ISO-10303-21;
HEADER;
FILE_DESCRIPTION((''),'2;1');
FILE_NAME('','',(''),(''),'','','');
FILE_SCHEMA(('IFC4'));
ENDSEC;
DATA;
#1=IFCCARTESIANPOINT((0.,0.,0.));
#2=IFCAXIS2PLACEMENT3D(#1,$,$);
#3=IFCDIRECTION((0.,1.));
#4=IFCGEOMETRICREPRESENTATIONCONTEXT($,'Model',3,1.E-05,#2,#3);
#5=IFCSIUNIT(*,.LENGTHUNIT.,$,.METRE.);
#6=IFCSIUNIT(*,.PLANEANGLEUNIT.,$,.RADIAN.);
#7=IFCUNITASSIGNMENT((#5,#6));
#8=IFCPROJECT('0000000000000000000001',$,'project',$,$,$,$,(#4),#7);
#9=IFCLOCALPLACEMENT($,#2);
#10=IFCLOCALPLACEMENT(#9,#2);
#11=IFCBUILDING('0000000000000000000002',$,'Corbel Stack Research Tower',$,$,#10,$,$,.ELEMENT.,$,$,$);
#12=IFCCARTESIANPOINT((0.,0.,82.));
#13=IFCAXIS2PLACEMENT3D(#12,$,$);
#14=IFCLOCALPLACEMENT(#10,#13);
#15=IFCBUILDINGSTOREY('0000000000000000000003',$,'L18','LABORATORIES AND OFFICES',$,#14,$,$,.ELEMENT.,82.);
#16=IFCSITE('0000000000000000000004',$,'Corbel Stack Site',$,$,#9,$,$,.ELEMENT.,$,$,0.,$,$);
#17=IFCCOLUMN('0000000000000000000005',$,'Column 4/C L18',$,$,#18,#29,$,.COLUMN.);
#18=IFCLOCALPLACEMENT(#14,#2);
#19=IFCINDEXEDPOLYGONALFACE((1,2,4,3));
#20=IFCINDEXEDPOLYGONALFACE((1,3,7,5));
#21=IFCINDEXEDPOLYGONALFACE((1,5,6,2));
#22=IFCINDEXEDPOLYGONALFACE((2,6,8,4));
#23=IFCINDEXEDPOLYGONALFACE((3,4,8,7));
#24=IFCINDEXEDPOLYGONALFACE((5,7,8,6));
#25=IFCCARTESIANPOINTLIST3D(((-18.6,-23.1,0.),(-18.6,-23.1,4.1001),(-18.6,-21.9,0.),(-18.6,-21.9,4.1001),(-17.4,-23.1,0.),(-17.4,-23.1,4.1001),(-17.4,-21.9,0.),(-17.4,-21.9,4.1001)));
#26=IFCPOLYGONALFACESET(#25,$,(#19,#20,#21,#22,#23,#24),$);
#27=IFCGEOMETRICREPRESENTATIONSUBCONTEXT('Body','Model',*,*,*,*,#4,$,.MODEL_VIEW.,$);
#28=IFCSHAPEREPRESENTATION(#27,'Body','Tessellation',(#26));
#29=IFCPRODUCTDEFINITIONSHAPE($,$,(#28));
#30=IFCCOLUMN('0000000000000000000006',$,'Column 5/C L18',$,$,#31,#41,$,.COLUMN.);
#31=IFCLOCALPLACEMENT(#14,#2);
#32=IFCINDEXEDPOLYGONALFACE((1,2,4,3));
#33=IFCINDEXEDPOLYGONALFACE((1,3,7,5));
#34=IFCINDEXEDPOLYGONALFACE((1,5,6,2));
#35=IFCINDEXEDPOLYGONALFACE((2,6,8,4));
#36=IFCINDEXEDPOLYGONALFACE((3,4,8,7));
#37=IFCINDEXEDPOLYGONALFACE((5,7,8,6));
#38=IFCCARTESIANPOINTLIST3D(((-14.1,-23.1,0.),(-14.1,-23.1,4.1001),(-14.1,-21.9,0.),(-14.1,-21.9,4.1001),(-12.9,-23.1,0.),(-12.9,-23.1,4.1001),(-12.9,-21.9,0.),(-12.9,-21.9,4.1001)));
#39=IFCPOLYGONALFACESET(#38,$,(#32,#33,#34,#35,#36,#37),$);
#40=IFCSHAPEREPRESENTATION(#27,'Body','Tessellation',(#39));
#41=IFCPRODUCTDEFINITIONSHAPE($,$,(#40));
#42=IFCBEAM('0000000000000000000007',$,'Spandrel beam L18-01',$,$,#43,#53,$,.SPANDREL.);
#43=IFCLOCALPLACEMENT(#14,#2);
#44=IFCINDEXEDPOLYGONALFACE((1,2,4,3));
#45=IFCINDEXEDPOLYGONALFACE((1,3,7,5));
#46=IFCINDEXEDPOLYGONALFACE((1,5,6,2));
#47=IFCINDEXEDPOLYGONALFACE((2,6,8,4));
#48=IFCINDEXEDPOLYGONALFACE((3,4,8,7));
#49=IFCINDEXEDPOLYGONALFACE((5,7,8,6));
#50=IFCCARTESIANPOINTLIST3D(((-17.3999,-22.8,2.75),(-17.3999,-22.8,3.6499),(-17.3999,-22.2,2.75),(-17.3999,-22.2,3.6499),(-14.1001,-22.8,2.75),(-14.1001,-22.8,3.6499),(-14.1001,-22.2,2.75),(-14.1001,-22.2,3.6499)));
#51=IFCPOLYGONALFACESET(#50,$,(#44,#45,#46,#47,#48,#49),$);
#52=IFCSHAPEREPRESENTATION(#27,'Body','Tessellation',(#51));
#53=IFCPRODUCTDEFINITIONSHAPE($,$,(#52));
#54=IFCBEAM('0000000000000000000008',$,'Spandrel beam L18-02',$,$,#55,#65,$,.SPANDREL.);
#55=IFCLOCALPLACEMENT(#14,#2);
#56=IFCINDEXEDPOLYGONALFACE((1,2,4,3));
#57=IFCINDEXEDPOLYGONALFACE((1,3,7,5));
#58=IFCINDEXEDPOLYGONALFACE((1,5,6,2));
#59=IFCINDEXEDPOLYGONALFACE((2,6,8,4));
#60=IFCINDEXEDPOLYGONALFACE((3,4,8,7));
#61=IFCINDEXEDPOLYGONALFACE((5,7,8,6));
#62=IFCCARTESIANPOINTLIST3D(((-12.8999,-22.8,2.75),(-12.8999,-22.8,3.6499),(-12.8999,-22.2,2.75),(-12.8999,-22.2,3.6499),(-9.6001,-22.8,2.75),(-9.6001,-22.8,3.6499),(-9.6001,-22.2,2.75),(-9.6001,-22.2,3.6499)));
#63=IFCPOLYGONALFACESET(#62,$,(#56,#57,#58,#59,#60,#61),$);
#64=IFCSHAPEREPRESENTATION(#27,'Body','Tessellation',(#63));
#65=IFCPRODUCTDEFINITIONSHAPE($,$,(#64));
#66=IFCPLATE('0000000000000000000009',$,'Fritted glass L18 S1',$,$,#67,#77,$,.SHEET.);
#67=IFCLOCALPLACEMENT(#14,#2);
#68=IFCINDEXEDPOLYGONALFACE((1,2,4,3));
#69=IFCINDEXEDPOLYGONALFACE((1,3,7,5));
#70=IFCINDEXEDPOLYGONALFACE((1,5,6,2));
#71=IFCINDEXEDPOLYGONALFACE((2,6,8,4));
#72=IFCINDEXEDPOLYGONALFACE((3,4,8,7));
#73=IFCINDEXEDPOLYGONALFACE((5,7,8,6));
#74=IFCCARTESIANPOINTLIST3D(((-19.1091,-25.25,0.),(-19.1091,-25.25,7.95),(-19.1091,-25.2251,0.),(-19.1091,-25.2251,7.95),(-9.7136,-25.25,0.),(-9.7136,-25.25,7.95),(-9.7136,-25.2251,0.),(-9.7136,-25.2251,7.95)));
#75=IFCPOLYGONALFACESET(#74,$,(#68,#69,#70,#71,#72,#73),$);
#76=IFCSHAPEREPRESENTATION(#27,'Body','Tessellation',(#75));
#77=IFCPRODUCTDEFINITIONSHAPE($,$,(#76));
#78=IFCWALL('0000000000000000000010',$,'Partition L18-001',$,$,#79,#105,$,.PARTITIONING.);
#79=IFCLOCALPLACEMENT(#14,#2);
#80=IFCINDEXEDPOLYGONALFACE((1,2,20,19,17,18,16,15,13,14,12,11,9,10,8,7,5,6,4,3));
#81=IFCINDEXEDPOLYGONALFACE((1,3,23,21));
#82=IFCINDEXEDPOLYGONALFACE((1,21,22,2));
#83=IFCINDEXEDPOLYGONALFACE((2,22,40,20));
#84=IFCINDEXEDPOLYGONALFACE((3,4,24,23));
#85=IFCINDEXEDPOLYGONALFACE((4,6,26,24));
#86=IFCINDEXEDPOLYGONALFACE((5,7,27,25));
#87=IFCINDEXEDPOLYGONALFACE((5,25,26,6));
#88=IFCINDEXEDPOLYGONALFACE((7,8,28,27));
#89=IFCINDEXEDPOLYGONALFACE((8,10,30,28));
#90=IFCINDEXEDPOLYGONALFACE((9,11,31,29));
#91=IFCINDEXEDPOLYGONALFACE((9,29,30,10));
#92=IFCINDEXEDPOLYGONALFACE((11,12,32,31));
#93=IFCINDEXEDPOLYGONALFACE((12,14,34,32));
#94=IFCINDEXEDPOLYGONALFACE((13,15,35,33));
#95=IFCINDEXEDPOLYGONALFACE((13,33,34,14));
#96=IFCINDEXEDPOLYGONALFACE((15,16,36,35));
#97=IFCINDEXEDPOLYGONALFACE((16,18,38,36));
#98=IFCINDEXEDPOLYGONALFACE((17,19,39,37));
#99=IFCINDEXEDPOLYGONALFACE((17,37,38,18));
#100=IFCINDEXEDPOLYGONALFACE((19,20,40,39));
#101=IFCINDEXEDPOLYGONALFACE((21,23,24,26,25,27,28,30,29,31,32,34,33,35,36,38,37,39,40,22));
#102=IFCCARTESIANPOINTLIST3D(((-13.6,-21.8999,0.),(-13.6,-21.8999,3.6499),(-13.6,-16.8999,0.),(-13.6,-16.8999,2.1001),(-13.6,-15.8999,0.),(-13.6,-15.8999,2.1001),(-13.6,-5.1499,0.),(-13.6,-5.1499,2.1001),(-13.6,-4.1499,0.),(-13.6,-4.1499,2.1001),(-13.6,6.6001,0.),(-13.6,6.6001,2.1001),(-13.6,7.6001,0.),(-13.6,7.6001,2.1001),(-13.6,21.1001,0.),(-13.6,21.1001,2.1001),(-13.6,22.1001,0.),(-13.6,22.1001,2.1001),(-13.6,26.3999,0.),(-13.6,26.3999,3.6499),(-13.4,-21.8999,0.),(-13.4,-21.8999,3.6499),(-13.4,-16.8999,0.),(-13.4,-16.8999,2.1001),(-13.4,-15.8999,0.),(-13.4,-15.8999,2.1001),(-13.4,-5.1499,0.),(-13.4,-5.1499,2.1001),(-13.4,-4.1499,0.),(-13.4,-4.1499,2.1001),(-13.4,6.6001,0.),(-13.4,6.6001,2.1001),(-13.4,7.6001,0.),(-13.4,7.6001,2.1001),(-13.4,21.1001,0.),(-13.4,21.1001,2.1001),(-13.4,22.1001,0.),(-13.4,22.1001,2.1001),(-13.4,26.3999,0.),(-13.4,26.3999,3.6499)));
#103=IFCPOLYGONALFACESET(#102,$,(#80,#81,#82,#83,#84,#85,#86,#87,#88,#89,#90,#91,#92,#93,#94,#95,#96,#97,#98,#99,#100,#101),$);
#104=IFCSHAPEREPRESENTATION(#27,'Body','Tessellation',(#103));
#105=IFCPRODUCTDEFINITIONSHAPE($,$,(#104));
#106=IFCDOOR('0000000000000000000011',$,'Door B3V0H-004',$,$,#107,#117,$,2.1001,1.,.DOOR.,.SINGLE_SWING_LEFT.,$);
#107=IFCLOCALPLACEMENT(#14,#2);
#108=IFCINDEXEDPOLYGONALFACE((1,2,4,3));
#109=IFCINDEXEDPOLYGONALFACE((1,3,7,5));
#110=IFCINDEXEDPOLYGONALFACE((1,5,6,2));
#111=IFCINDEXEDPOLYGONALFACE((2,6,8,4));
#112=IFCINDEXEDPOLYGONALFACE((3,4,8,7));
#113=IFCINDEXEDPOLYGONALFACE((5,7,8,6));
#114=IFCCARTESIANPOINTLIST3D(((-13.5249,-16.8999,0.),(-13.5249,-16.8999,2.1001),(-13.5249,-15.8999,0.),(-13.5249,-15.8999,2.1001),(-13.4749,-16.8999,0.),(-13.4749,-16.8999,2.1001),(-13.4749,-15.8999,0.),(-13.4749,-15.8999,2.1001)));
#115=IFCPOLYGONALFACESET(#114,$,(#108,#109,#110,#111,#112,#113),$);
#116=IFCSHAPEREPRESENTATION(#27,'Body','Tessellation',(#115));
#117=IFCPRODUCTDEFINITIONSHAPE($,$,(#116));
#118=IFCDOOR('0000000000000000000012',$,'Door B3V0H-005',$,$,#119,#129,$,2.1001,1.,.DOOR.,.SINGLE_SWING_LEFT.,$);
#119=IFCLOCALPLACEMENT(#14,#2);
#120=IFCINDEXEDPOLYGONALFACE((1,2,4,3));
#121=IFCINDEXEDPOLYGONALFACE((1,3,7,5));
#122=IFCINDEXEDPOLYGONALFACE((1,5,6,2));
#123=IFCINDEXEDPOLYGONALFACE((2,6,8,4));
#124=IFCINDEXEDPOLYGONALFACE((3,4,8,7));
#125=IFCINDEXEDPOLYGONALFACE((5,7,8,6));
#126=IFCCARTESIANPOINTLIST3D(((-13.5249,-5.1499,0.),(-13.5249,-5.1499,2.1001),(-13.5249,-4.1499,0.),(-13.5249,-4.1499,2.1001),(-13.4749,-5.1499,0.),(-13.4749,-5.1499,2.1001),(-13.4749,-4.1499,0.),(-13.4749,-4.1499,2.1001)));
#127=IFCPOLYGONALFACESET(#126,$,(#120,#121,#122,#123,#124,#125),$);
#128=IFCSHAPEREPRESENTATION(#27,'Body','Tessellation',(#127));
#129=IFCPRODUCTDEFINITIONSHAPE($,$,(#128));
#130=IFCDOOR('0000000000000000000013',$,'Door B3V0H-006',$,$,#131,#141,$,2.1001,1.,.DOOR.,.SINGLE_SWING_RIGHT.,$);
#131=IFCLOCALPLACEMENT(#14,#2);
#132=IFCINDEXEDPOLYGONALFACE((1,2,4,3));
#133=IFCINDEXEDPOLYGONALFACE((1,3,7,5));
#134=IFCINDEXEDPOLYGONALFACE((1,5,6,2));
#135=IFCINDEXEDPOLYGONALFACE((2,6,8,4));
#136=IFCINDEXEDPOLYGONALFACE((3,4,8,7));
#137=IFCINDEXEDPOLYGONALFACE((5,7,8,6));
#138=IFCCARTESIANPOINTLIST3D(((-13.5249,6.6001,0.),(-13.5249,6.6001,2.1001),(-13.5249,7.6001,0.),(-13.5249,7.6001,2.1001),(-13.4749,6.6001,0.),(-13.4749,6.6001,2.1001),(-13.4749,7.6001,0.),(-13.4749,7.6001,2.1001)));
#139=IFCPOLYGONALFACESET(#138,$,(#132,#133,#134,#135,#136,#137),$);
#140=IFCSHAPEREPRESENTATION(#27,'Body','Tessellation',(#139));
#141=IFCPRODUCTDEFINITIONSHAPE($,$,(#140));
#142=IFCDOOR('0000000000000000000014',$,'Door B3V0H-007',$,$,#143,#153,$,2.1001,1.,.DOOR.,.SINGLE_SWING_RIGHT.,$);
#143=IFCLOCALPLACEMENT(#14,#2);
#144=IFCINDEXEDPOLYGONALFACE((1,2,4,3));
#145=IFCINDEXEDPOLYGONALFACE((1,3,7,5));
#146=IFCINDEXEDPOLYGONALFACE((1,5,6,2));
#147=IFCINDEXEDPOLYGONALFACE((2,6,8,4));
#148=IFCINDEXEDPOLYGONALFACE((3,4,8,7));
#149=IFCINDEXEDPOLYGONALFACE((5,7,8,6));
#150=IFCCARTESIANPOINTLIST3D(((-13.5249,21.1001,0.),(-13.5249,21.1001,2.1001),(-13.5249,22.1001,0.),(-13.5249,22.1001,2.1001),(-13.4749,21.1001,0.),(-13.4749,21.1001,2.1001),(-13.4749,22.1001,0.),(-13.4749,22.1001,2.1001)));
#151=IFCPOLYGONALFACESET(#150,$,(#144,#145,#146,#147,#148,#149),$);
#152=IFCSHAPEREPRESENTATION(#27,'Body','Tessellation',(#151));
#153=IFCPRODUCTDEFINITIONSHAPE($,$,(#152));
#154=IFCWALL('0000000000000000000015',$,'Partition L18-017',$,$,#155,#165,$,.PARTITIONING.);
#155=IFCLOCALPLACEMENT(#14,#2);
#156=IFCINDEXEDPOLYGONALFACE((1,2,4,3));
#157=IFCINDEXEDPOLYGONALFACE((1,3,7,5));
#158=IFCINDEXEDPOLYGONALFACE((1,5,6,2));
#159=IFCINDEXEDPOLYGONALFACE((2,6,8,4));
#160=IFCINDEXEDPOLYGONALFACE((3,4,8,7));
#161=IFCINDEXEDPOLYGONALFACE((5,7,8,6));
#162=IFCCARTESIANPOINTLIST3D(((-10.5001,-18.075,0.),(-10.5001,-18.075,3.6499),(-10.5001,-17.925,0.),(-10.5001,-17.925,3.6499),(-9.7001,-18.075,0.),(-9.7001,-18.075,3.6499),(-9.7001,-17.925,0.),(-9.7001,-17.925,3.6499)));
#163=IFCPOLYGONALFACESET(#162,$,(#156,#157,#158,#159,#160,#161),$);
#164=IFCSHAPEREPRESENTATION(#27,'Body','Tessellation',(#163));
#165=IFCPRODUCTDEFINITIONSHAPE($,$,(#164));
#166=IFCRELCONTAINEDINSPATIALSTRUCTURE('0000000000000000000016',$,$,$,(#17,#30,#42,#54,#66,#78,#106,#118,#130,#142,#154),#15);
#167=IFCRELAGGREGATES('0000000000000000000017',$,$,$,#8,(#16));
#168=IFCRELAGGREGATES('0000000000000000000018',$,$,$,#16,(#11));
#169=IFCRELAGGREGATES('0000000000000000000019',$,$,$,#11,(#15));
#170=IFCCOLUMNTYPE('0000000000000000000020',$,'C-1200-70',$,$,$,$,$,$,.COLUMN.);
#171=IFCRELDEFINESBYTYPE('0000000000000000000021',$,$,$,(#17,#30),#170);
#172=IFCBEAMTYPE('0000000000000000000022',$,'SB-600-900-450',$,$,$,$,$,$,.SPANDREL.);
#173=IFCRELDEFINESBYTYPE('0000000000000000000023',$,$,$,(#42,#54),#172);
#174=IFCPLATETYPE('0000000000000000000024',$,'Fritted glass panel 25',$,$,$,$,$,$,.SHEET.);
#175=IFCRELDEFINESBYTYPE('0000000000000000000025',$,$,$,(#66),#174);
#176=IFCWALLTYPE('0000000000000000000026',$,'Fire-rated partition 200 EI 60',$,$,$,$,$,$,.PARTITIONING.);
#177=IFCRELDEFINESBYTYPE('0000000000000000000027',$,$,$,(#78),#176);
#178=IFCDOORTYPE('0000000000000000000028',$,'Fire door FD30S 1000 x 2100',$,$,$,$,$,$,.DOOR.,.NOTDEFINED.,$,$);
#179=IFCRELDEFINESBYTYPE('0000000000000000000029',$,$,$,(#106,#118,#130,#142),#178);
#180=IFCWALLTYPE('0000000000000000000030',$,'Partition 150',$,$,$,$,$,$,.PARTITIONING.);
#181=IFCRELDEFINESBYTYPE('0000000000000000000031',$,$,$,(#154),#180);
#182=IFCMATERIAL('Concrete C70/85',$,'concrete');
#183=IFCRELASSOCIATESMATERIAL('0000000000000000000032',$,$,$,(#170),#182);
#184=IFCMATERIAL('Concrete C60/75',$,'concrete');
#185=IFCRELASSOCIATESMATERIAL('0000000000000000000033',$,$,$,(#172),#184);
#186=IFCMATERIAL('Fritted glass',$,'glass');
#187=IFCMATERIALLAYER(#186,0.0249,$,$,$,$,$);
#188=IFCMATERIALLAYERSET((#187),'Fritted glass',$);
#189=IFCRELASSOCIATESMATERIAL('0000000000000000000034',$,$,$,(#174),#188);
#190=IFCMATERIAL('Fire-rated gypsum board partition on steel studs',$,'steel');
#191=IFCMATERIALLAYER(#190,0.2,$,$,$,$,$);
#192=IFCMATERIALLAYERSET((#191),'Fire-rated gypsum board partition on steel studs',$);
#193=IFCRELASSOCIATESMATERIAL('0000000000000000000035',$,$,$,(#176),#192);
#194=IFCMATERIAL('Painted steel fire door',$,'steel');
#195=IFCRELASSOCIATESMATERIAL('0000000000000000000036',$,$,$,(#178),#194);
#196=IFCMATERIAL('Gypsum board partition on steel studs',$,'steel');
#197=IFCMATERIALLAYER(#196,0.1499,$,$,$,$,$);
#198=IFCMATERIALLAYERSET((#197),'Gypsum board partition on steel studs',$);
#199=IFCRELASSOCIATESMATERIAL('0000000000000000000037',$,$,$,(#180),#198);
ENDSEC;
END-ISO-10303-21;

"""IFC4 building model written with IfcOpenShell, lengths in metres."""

from ifc_helpers import new_model, si_unit, direction, frame, frame_2d, origin, origin_2d, place, context, subcontext, project, spatial, rectangle, extrude, material, layer, layer_set, material_profile, profile_set, type_object, element, fill, save


model = new_model("IFC4")

# Units and contexts
model_context = context("Model", 3, precision=1e-05, world=origin(), true_north=direction((0.0, 1.0)))
body_context = subcontext(model_context, "Body", "Model", "MODEL_VIEW")
ifc_project = project(units=[si_unit("LENGTHUNIT", "METRE"), si_unit("PLANEANGLEUNIT", "RADIAN")], contexts=[model_context])

# Site, building, storey
site_placement = place(None, origin())
site = spatial("IfcSite", under=ifc_project, at=site_placement, Name="Corbel Stack Site", CompositionType="ELEMENT", RefElevation=0.0)
building_placement = place(site_placement, origin())
building = spatial("IfcBuilding", under=site, at=building_placement, Name="Corbel Stack Research Tower", CompositionType="ELEMENT")
storey_placement = place(building_placement, frame((0.0, 0.0, 82.0)))
storey = spatial("IfcBuildingStorey", under=building, at=storey_placement, Name="L18", Description="LABORATORIES AND OFFICES", CompositionType="ELEMENT", Elevation=82.0)

# Columns
ifc_material_1 = material(Name="Concrete C70/85", Category="concrete")
ifc_material_profile_1 = material_profile(ifc_material_1, rectangle(XDim=1.2, YDim=1.2, at=origin_2d()), Name="RC 1200 x 1200")
ifc_profile_set_1 = profile_set([ifc_material_profile_1], Name="Concrete C70/85")
column_type = type_object("IfcColumnType", Name="C-1200-70", PredefinedType="COLUMN", material=ifc_profile_set_1)
for number, where, z_axis, x_axis, name in (
    (1, (-18.0, -22.5, 0.0), (0.0, 0.0, 1.0), (1.0, 0.0, 0.0), "Column 4/C L18"),
    (2, (-13.5, -22.5, 0.0), (0.0, 0.0, 1.0), (1.0, 0.0, 0.0), "Column 5/C L18"),
):
    element("IfcColumn", number, at=place(storey_placement, frame(where, z_axis=z_axis, x_axis=x_axis)), inside=storey, type_object=column_type, Name=name, PredefinedType="COLUMN", context=body_context, shape_type="SweptSolid", body=[
        extrude(rectangle(XDim=1.2, YDim=1.2, at=origin_2d()), origin(), (0.0, 0.0, 1.0), 4.1001),
    ])

# Beams
ifc_material_2 = material(Name="Concrete C60/75", Category="concrete")
ifc_material_profile_2 = material_profile(ifc_material_2, rectangle(XDim=0.6001, YDim=0.8999, at=origin_2d()), Name="RC 600 x 900")
ifc_profile_set_2 = profile_set([ifc_material_profile_2], Name="Concrete C60/75")
beam_type = type_object("IfcBeamType", Name="SB-600-900-450", PredefinedType="SPANDREL", material=ifc_profile_set_2)
for number, where, z_axis, x_axis, name in (
    (3, (-17.3999, -22.5, 3.2), (1.0, 0.0, 0.0), (0.0, 1.0, 0.0), "Spandrel beam L18-01"),
    (4, (-12.8999, -22.5, 3.2), (1.0, 0.0, 0.0), (0.0, 1.0, 0.0), "Spandrel beam L18-02"),
):
    element("IfcBeam", number, at=place(storey_placement, frame(where, z_axis=z_axis, x_axis=x_axis)), inside=storey, type_object=beam_type, Name=name, PredefinedType="SPANDREL", context=body_context, shape_type="SweptSolid", body=[
        extrude(rectangle(XDim=0.6001, YDim=0.8999, at=origin_2d()), origin(), (0.0, 0.0, 1.0), 3.2998),
    ])

# Plate
ifc_material_3 = material(Name="Fritted glass", Category="glass")
ifc_layer_1 = layer(ifc_material_3, 0.0249)
ifc_layer_set_1 = layer_set([ifc_layer_1], Name="Fritted glass")
plate_type = type_object("IfcPlateType", Name="Fritted glass panel 25", PredefinedType="SHEET", material=ifc_layer_set_1)
plate_placement = place(storey_placement, frame((-14.4114, -25.2375, 0.0), z_axis=(0.0, 0.0, 1.0), x_axis=(1.0, 0.0, 0.0)))
element("IfcPlate", 5, at=plate_placement, inside=storey, type_object=plate_type, Name="Fritted glass L18 S1", PredefinedType="SHEET", context=body_context, shape_type="SweptSolid", body=[
    extrude(rectangle(XDim=9.3955, YDim=0.0249, at=origin_2d()), origin(), (0.0, 0.0, 1.0), 7.95),
])

# Wall, openings, doors
ifc_material_4 = material(Name="Fire-rated gypsum board partition on steel studs", Category="steel")
ifc_layer_2 = layer(ifc_material_4, 0.2)
ifc_layer_set_2 = layer_set([ifc_layer_2], Name="Fire-rated gypsum board partition on steel studs")
wall_type_1 = type_object("IfcWallType", Name="Fire-rated partition 200 EI 60", PredefinedType="PARTITIONING", material=ifc_layer_set_2)
wall_1_placement = place(storey_placement, frame((-13.5, -21.8999, 0.0), z_axis=(0.0, 0.0, 1.0), x_axis=(0.0, 1.0, 0.0)))
wall_1 = element("IfcWall", 6, at=wall_1_placement, inside=storey, type_object=wall_type_1, Name="Partition L18-001", PredefinedType="PARTITIONING", context=body_context, shape_type="SweptSolid", body=[
    extrude(rectangle(XDim=48.2998, YDim=0.2, at=frame_2d((24.1499, 0.0))), origin(), (0.0, 0.0, 1.0), 3.6499),
])
opening_1_placement = place(wall_1_placement, frame((5.0, 0.0, 0.0)))
opening_1 = element("IfcOpeningElement", 7, at=opening_1_placement, cuts=wall_1, PredefinedType="OPENING", context=body_context, shape_type="SweptSolid", body=[
    extrude(rectangle(XDim=1.0, YDim=2.1001, at=frame_2d((0.5, 1.05))), frame((0.0, 0.1099, 0.0), z_axis=(0.0, -1.0, 0.0), x_axis=(1.0, 0.0, 0.0)), (0.0, 0.0, 1.0), 0.22),
])
opening_2_placement = place(wall_1_placement, frame((16.75, 0.0, 0.0)))
opening_2 = element("IfcOpeningElement", 8, at=opening_2_placement, cuts=wall_1, PredefinedType="OPENING", context=body_context, shape_type="SweptSolid", body=[
    extrude(rectangle(XDim=1.0, YDim=2.1001, at=frame_2d((0.5, 1.05))), frame((0.0, 0.1099, 0.0), z_axis=(0.0, -1.0, 0.0), x_axis=(1.0, 0.0, 0.0)), (0.0, 0.0, 1.0), 0.22),
])
opening_3_placement = place(wall_1_placement, frame((28.5, 0.0, 0.0)))
opening_3 = element("IfcOpeningElement", 9, at=opening_3_placement, cuts=wall_1, PredefinedType="OPENING", context=body_context, shape_type="SweptSolid", body=[
    extrude(rectangle(XDim=1.0, YDim=2.1001, at=frame_2d((0.5, 1.05))), frame((0.0, 0.1099, 0.0), z_axis=(0.0, -1.0, 0.0), x_axis=(1.0, 0.0, 0.0)), (0.0, 0.0, 1.0), 0.22),
])
opening_4_placement = place(wall_1_placement, frame((43.0, 0.0, 0.0)))
opening_4 = element("IfcOpeningElement", 10, at=opening_4_placement, cuts=wall_1, PredefinedType="OPENING", context=body_context, shape_type="SweptSolid", body=[
    extrude(rectangle(XDim=1.0, YDim=2.1001, at=frame_2d((0.5, 1.05))), frame((0.0, 0.1099, 0.0), z_axis=(0.0, -1.0, 0.0), x_axis=(1.0, 0.0, 0.0)), (0.0, 0.0, 1.0), 0.22),
])
ifc_material_5 = material(Name="Painted steel fire door", Category="steel")
door_type_1 = type_object("IfcDoorType", Name="Fire door FD30S 1000 x 2100", OperationType="NOTDEFINED", PredefinedType="DOOR", material=ifc_material_5)
door_1_placement = place(opening_1_placement, origin())
door_1 = element("IfcDoor", 11, at=door_1_placement, inside=storey, type_object=door_type_1, Name="Door B3V0H-004", OperationType="SINGLE_SWING_LEFT", OverallHeight=2.1001, OverallWidth=1.0, PredefinedType="DOOR", context=body_context, shape_type="SweptSolid", body=[
    extrude(rectangle(XDim=1.0, YDim=2.1001, at=frame_2d((0.5, 1.05))), frame((0.0, 0.0249, 0.0), z_axis=(0.0, -1.0, 0.0), x_axis=(1.0, 0.0, 0.0)), (0.0, 0.0, 1.0), 0.05),
])
fill(opening_1, door_1)
door_2_placement = place(opening_2_placement, origin())
door_2 = element("IfcDoor", 12, at=door_2_placement, inside=storey, type_object=door_type_1, Name="Door B3V0H-005", OperationType="SINGLE_SWING_LEFT", OverallHeight=2.1001, OverallWidth=1.0, PredefinedType="DOOR", context=body_context, shape_type="SweptSolid", body=[
    extrude(rectangle(XDim=1.0, YDim=2.1001, at=frame_2d((0.5, 1.05))), frame((0.0, 0.0249, 0.0), z_axis=(0.0, -1.0, 0.0), x_axis=(1.0, 0.0, 0.0)), (0.0, 0.0, 1.0), 0.05),
])
fill(opening_2, door_2)
door_3_placement = place(opening_3_placement, origin())
door_3 = element("IfcDoor", 13, at=door_3_placement, inside=storey, type_object=door_type_1, Name="Door B3V0H-006", OperationType="SINGLE_SWING_RIGHT", OverallHeight=2.1001, OverallWidth=1.0, PredefinedType="DOOR", context=body_context, shape_type="SweptSolid", body=[
    extrude(rectangle(XDim=1.0, YDim=2.1001, at=frame_2d((0.5, 1.05))), frame((0.0, 0.0249, 0.0), z_axis=(0.0, -1.0, 0.0), x_axis=(1.0, 0.0, 0.0)), (0.0, 0.0, 1.0), 0.05),
])
fill(opening_3, door_3)
door_4_placement = place(opening_4_placement, origin())
door_4 = element("IfcDoor", 14, at=door_4_placement, inside=storey, type_object=door_type_1, Name="Door B3V0H-007", OperationType="SINGLE_SWING_RIGHT", OverallHeight=2.1001, OverallWidth=1.0, PredefinedType="DOOR", context=body_context, shape_type="SweptSolid", body=[
    extrude(rectangle(XDim=1.0, YDim=2.1001, at=frame_2d((0.5, 1.05))), frame((0.0, 0.0249, 0.0), z_axis=(0.0, -1.0, 0.0), x_axis=(1.0, 0.0, 0.0)), (0.0, 0.0, 1.0), 0.05),
])
fill(opening_4, door_4)

# Wall
ifc_material_6 = material(Name="Gypsum board partition on steel studs", Category="steel")
ifc_layer_3 = layer(ifc_material_6, 0.1499)
ifc_layer_set_3 = layer_set([ifc_layer_3], Name="Gypsum board partition on steel studs")
wall_type_2 = type_object("IfcWallType", Name="Partition 150", PredefinedType="PARTITIONING", material=ifc_layer_set_3)
wall_2_placement = place(storey_placement, frame((-10.5, -18.0, 0.0), z_axis=(0.0, 0.0, 1.0), x_axis=(1.0, 0.0, 0.0)))
element("IfcWall", 15, at=wall_2_placement, inside=storey, type_object=wall_type_2, Name="Partition L18-017", PredefinedType="PARTITIONING", context=body_context, shape_type="SweptSolid", body=[
    extrude(rectangle(XDim=0.8, YDim=0.1499, at=frame_2d((0.3999, 0.0))), origin(), (0.0, 0.0, 1.0), 3.6499),
])

save(model, "model.ifc")
